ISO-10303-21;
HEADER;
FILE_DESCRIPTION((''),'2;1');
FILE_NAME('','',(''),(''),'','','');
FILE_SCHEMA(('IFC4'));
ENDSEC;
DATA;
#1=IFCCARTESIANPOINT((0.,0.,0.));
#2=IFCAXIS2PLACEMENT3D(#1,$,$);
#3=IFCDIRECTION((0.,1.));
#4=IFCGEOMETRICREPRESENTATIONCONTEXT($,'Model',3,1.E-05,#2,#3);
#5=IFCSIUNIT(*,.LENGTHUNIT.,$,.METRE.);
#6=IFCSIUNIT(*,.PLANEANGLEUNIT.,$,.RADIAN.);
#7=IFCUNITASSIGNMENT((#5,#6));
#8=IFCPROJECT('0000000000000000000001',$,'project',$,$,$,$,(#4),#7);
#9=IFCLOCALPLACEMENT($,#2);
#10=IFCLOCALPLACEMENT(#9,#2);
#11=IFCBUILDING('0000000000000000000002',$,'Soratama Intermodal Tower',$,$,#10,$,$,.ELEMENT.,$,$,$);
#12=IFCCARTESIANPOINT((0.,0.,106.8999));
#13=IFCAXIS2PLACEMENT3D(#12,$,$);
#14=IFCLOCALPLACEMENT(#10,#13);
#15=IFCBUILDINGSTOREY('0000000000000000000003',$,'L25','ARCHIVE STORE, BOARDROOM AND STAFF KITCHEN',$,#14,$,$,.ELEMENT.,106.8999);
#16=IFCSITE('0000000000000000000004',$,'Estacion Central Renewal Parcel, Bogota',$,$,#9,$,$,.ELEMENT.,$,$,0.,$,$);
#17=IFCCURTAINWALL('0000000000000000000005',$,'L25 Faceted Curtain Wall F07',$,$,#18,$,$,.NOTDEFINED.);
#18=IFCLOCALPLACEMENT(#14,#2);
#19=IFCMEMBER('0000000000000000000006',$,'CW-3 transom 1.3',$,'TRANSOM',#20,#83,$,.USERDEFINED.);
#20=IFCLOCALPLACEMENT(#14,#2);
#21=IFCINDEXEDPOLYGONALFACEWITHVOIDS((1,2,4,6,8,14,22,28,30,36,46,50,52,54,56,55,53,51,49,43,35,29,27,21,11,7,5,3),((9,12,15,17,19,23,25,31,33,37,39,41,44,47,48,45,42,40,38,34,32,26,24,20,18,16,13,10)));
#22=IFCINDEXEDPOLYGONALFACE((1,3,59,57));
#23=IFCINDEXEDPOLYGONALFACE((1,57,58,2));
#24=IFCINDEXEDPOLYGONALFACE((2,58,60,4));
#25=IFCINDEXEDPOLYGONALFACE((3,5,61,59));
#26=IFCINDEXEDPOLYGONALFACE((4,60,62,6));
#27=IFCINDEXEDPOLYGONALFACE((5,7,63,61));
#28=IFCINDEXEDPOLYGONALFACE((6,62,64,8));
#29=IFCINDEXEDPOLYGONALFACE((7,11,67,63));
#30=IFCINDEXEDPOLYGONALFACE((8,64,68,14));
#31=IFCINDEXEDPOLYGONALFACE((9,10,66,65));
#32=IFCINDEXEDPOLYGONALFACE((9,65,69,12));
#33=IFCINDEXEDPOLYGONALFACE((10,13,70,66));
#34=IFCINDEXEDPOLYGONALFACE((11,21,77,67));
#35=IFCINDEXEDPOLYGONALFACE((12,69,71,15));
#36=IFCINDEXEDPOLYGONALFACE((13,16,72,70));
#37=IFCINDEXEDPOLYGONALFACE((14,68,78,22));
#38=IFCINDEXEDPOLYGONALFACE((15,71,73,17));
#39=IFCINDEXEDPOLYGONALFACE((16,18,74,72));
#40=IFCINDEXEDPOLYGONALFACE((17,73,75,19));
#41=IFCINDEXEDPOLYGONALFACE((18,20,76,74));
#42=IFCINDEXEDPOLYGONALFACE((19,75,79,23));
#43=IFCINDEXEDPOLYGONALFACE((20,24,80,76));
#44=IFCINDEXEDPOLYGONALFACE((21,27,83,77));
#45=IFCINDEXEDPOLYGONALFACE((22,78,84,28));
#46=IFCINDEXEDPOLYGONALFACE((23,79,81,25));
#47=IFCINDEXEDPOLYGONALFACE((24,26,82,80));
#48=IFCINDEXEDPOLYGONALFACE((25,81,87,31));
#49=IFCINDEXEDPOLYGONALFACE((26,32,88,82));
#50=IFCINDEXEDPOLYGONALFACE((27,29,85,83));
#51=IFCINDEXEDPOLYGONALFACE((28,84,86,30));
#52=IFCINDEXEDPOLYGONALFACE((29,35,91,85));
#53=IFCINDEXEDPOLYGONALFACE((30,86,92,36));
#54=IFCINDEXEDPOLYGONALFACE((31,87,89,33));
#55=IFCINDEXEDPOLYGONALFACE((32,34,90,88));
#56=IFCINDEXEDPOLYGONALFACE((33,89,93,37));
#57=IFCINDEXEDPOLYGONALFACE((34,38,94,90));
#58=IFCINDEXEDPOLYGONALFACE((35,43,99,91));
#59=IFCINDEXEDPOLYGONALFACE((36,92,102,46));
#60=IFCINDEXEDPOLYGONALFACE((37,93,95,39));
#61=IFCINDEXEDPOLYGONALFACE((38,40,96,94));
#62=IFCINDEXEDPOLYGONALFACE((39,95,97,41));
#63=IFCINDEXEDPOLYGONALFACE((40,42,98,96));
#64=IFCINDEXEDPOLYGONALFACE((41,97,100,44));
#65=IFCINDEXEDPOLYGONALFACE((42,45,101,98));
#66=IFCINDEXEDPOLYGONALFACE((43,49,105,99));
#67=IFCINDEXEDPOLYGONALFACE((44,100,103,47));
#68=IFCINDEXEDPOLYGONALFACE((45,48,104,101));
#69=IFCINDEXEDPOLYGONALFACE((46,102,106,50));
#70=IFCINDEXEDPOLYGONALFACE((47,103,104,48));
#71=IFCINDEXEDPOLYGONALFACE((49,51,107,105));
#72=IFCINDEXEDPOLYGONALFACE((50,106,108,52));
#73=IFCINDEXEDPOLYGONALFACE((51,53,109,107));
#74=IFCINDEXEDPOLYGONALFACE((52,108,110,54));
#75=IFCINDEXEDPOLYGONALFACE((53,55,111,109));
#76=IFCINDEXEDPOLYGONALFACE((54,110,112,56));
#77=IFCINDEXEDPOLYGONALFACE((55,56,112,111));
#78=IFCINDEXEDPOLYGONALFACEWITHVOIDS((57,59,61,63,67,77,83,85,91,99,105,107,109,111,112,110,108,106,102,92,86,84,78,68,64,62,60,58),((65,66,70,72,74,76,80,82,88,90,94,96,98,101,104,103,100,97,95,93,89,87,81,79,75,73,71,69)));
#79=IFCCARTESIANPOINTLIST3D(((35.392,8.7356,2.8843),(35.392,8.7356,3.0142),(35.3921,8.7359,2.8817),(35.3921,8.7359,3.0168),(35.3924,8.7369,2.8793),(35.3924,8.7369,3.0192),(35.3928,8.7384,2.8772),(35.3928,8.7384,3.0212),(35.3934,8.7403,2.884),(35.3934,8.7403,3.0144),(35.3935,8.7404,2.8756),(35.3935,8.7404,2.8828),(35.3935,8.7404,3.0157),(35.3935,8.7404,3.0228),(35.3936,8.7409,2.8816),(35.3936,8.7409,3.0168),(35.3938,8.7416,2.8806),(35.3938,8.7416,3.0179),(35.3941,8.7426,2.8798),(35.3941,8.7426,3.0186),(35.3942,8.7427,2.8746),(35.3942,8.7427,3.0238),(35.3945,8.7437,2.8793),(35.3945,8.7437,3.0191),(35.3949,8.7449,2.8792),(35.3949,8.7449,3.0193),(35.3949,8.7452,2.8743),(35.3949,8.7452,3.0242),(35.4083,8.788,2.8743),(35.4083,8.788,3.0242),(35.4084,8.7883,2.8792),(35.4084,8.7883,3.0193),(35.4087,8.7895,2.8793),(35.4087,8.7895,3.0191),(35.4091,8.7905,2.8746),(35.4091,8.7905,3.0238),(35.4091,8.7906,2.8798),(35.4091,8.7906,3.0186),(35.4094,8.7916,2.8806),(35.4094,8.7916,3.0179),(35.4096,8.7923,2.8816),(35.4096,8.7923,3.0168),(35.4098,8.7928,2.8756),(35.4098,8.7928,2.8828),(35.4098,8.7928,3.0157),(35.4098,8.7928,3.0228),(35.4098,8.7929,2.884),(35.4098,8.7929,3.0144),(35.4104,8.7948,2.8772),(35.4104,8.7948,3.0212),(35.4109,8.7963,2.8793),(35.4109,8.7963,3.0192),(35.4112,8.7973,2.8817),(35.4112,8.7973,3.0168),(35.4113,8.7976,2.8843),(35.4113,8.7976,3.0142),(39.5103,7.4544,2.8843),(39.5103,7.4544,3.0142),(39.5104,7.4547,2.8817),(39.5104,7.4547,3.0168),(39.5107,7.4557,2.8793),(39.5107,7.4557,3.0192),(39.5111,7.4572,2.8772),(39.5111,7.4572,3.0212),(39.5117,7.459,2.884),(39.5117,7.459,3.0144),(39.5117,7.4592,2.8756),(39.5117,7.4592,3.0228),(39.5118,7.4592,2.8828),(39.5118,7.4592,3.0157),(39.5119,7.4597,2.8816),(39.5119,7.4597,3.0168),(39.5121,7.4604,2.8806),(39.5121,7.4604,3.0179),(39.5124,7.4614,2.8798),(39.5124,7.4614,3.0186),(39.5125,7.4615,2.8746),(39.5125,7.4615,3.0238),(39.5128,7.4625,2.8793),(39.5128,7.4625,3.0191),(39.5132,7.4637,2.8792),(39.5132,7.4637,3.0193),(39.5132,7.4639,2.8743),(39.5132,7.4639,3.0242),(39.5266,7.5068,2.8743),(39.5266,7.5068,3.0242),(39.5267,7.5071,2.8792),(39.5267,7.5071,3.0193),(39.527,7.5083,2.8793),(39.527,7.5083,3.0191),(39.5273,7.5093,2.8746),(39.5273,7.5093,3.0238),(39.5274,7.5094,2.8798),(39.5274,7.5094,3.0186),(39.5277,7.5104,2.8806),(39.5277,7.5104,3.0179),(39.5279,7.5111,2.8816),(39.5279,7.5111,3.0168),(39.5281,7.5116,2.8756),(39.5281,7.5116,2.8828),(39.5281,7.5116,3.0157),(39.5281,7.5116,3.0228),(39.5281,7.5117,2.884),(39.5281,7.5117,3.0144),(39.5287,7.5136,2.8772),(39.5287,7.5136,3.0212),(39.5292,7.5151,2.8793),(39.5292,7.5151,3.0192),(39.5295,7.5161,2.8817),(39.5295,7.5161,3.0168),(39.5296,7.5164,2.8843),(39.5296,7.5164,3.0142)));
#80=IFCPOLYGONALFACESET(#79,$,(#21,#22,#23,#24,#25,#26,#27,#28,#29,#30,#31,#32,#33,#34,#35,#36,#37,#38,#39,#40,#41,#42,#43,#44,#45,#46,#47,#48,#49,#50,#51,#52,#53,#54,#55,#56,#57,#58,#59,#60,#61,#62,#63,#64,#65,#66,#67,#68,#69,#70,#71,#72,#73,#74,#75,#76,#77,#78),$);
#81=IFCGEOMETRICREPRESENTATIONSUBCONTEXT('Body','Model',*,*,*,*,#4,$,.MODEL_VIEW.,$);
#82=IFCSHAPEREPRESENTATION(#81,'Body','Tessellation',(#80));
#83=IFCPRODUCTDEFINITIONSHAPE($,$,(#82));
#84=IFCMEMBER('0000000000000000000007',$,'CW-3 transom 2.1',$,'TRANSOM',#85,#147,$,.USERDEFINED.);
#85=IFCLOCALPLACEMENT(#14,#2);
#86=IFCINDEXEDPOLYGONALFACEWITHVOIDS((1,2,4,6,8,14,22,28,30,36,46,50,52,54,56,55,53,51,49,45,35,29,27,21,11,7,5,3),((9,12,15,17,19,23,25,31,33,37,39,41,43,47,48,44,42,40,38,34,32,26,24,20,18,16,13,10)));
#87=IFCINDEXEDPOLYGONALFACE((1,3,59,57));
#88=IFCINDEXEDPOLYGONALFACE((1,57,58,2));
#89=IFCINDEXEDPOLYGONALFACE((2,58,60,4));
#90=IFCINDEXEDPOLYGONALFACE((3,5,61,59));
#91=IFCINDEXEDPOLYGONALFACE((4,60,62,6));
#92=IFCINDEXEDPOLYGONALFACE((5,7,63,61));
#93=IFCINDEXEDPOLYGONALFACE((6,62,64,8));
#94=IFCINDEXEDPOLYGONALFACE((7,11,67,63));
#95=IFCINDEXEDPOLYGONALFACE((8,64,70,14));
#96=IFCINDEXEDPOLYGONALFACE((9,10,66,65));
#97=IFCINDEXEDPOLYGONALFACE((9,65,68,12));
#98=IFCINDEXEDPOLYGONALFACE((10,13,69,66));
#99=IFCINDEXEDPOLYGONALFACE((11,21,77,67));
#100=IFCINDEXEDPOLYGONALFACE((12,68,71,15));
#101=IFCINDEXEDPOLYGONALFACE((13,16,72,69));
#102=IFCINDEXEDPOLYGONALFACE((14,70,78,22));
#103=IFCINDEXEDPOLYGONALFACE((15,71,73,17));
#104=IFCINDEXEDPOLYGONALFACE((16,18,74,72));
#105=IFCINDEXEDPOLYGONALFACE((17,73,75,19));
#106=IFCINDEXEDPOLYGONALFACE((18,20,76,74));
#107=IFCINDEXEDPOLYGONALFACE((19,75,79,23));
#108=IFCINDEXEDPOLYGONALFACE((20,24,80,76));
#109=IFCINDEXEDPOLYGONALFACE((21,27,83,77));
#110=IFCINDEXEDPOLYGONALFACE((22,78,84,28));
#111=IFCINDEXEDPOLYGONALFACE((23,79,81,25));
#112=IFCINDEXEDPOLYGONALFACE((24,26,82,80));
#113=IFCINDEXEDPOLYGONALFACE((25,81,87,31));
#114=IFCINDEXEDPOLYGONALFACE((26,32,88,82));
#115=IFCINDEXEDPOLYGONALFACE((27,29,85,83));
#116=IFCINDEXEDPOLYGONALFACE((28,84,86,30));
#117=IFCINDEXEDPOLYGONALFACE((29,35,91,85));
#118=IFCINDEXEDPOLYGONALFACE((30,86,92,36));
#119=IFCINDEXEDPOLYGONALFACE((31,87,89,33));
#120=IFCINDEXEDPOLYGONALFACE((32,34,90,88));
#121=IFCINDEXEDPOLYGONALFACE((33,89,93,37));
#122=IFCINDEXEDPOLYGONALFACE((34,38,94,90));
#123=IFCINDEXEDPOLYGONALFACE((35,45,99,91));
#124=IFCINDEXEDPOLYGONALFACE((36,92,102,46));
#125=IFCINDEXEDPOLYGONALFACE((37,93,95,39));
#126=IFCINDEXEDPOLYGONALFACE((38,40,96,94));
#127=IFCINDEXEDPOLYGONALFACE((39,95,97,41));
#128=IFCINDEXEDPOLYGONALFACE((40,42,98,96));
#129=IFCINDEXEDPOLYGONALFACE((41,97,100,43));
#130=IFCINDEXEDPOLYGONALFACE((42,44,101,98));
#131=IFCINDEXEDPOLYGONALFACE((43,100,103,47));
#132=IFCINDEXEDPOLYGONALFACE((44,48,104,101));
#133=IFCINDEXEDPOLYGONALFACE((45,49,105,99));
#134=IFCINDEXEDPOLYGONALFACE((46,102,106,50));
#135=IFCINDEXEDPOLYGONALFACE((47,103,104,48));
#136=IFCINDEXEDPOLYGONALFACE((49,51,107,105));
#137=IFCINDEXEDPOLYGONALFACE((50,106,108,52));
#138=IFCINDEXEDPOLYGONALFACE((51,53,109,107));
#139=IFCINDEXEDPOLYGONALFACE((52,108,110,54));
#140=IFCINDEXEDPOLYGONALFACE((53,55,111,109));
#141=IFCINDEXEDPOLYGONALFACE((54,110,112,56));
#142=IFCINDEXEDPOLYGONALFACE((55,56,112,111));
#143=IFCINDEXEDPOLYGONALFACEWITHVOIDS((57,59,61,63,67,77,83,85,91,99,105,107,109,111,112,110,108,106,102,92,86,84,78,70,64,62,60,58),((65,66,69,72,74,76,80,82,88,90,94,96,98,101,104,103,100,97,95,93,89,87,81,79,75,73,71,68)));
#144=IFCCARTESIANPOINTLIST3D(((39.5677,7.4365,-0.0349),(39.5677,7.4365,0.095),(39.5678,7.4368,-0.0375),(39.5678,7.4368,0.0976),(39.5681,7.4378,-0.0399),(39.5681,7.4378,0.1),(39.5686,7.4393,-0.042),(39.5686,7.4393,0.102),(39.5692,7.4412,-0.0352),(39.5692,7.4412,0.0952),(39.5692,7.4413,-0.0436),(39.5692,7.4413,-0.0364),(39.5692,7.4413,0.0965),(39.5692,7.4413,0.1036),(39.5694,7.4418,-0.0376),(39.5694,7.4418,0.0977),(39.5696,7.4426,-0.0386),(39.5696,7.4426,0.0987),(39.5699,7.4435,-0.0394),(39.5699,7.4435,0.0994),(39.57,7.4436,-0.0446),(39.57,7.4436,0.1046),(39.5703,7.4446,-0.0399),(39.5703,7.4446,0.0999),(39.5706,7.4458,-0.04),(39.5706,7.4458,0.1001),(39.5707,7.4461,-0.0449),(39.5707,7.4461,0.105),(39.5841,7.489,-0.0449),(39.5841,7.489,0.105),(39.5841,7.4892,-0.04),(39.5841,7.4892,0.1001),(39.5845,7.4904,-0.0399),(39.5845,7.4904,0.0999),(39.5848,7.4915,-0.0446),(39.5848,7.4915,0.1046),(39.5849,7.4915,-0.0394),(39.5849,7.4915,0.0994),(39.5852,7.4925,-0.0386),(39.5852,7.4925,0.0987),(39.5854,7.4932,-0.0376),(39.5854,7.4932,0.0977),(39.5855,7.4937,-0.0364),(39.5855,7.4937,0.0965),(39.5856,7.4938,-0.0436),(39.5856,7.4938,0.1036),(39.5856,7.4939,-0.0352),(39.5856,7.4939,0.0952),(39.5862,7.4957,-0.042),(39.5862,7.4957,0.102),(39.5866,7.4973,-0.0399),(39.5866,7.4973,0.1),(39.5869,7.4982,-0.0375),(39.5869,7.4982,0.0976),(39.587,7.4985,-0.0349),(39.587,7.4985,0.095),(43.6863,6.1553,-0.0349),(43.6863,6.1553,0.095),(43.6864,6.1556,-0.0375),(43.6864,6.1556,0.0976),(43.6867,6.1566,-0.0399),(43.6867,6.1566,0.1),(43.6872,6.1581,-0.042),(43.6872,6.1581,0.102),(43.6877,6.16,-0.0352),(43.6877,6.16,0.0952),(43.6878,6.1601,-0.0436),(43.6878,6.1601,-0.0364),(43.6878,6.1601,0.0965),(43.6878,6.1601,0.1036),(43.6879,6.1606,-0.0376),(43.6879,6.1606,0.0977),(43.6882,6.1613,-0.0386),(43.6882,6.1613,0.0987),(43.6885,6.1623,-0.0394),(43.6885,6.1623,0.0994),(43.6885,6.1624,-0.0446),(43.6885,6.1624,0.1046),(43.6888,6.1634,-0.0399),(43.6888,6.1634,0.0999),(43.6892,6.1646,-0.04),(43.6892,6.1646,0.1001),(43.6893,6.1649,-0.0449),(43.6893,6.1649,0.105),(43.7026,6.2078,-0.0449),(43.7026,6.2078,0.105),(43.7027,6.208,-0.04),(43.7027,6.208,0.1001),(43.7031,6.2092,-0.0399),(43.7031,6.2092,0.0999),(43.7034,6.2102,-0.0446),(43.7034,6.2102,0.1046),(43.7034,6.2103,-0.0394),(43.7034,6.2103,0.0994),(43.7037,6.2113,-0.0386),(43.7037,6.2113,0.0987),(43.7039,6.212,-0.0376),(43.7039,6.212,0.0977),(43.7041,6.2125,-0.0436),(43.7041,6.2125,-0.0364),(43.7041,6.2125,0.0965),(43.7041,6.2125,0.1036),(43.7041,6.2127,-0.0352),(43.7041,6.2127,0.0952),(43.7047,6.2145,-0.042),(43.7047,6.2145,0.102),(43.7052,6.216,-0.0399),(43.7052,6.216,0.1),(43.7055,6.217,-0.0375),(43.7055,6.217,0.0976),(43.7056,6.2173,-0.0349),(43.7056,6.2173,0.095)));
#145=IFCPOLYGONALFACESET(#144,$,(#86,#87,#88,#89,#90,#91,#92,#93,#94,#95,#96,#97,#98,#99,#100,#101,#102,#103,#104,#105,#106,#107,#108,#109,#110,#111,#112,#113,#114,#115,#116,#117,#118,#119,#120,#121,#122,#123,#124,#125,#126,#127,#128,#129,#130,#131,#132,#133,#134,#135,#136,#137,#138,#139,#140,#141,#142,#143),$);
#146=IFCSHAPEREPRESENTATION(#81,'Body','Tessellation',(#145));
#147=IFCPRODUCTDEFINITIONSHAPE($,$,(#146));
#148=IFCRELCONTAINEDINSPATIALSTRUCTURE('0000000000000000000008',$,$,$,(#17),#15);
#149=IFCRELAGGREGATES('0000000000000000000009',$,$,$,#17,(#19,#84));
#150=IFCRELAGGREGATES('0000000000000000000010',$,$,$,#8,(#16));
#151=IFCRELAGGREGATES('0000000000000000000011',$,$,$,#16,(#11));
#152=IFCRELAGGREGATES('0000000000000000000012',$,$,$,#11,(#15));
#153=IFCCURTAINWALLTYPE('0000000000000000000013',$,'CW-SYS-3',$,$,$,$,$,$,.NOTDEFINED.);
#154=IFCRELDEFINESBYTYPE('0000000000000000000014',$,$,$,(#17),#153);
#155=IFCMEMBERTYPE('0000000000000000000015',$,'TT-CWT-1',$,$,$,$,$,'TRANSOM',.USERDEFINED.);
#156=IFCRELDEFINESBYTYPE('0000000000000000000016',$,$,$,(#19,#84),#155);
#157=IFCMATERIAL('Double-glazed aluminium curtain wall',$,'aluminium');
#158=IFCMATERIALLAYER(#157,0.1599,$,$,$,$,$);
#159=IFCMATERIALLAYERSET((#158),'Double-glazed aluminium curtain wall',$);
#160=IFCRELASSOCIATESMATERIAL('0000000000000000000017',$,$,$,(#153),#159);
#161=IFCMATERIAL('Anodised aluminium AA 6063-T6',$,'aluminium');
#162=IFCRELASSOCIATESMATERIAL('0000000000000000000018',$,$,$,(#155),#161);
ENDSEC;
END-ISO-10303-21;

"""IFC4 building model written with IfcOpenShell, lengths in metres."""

from ifc_helpers import new_model, si_unit, direction, frame, origin, origin_2d, place, context, subcontext, project, spatial, hollow_rectangle, extrude, material, layer, layer_set, material_profile, profile_set, type_object, element, aggregate, save


model = new_model("IFC4")

# Units and contexts
model_context = context("Model", 3, precision=1e-05, world=origin(), true_north=direction((0.0, 1.0)))
body_context = subcontext(model_context, "Body", "Model", "MODEL_VIEW")
ifc_project = project(units=[si_unit("LENGTHUNIT", "METRE"), si_unit("PLANEANGLEUNIT", "RADIAN")], contexts=[model_context])

# Site, building, storey
site_placement = place(None, origin())
site = spatial("IfcSite", under=ifc_project, at=site_placement, Name="Estacion Central Renewal Parcel, Bogota", CompositionType="ELEMENT", RefElevation=0.0)
building_placement = place(site_placement, origin())
building = spatial("IfcBuilding", under=site, at=building_placement, Name="Soratama Intermodal Tower", CompositionType="ELEMENT")
storey_placement = place(building_placement, frame((0.0, 0.0, 106.8999)))
storey = spatial("IfcBuildingStorey", under=building, at=storey_placement, Name="L25", Description="ARCHIVE STORE, BOARDROOM AND STAFF KITCHEN", CompositionType="ELEMENT", Elevation=106.8999)

# Curtain wall, members
ifc_material_1 = material(Name="Double-glazed aluminium curtain wall", Category="aluminium")
ifc_layer_1 = layer(ifc_material_1, 0.1599)
ifc_layer_set_1 = layer_set([ifc_layer_1], Name="Double-glazed aluminium curtain wall")
curtain_wall_type = type_object("IfcCurtainWallType", Name="CW-SYS-3", PredefinedType="NOTDEFINED", material=ifc_layer_set_1)
curtain_wall_placement = place(storey_placement, origin())
curtain_wall = element("IfcCurtainWall", 1, at=curtain_wall_placement, inside=storey, type_object=curtain_wall_type, Name="L25 Faceted Curtain Wall F07", PredefinedType="NOTDEFINED")
ifc_material_2 = material(Name="Anodised aluminium AA 6063-T6", Category="aluminium")
ifc_material_profile_1 = material_profile(ifc_material_2, hollow_rectangle(XDim=0.0649, YDim=0.1499, WallThickness=0.0049, InnerFilletRadius=0.0049, OuterFilletRadius=0.01, at=origin_2d()), Name="CWT150X65X5")
ifc_profile_set_1 = profile_set([ifc_material_profile_1], Name="Anodised aluminium AA 6063-T6")
member_type_1 = type_object("IfcMemberType", Name="TT-CWT-1", ElementType="TRANSOM", PredefinedType="USERDEFINED", material=ifc_profile_set_1)
member_1_placement = place(storey_placement, frame((35.4016, 8.7666, 2.9492), z_axis=(0.954859, -0.29706, 0.0), x_axis=(0.29706, 0.954859, 0.0)))
member_1 = element("IfcMember", 2, at=member_1_placement, type_object=member_type_1, Name="CW-3 transom 1.3", ObjectType="TRANSOM", PredefinedType="USERDEFINED", context=body_context, shape_type="SweptSolid", body=[
    extrude(hollow_rectangle(XDim=0.0649, YDim=0.1499, WallThickness=0.0049, InnerFilletRadius=0.0049, OuterFilletRadius=0.01, at=origin_2d()), origin(), (0.0, 0.0, 1.0), 4.313),
])
member_2_placement = place(storey_placement, frame((39.5774, 7.4675, 0.03), z_axis=(0.954864, -0.297044, 0.0), x_axis=(0.297044, 0.954864, 0.0)))
member_2 = element("IfcMember", 3, at=member_2_placement, type_object=member_type_1, Name="CW-3 transom 2.1", ObjectType="TRANSOM", PredefinedType="USERDEFINED", context=body_context, shape_type="SweptSolid", body=[
    extrude(hollow_rectangle(XDim=0.0649, YDim=0.1499, WallThickness=0.0049, InnerFilletRadius=0.0049, OuterFilletRadius=0.01, at=origin_2d()), origin(), (0.0, 0.0, 1.0), 4.3132),
])
aggregate(curtain_wall, [member_1, member_2])

save(model, "model.ifc")
